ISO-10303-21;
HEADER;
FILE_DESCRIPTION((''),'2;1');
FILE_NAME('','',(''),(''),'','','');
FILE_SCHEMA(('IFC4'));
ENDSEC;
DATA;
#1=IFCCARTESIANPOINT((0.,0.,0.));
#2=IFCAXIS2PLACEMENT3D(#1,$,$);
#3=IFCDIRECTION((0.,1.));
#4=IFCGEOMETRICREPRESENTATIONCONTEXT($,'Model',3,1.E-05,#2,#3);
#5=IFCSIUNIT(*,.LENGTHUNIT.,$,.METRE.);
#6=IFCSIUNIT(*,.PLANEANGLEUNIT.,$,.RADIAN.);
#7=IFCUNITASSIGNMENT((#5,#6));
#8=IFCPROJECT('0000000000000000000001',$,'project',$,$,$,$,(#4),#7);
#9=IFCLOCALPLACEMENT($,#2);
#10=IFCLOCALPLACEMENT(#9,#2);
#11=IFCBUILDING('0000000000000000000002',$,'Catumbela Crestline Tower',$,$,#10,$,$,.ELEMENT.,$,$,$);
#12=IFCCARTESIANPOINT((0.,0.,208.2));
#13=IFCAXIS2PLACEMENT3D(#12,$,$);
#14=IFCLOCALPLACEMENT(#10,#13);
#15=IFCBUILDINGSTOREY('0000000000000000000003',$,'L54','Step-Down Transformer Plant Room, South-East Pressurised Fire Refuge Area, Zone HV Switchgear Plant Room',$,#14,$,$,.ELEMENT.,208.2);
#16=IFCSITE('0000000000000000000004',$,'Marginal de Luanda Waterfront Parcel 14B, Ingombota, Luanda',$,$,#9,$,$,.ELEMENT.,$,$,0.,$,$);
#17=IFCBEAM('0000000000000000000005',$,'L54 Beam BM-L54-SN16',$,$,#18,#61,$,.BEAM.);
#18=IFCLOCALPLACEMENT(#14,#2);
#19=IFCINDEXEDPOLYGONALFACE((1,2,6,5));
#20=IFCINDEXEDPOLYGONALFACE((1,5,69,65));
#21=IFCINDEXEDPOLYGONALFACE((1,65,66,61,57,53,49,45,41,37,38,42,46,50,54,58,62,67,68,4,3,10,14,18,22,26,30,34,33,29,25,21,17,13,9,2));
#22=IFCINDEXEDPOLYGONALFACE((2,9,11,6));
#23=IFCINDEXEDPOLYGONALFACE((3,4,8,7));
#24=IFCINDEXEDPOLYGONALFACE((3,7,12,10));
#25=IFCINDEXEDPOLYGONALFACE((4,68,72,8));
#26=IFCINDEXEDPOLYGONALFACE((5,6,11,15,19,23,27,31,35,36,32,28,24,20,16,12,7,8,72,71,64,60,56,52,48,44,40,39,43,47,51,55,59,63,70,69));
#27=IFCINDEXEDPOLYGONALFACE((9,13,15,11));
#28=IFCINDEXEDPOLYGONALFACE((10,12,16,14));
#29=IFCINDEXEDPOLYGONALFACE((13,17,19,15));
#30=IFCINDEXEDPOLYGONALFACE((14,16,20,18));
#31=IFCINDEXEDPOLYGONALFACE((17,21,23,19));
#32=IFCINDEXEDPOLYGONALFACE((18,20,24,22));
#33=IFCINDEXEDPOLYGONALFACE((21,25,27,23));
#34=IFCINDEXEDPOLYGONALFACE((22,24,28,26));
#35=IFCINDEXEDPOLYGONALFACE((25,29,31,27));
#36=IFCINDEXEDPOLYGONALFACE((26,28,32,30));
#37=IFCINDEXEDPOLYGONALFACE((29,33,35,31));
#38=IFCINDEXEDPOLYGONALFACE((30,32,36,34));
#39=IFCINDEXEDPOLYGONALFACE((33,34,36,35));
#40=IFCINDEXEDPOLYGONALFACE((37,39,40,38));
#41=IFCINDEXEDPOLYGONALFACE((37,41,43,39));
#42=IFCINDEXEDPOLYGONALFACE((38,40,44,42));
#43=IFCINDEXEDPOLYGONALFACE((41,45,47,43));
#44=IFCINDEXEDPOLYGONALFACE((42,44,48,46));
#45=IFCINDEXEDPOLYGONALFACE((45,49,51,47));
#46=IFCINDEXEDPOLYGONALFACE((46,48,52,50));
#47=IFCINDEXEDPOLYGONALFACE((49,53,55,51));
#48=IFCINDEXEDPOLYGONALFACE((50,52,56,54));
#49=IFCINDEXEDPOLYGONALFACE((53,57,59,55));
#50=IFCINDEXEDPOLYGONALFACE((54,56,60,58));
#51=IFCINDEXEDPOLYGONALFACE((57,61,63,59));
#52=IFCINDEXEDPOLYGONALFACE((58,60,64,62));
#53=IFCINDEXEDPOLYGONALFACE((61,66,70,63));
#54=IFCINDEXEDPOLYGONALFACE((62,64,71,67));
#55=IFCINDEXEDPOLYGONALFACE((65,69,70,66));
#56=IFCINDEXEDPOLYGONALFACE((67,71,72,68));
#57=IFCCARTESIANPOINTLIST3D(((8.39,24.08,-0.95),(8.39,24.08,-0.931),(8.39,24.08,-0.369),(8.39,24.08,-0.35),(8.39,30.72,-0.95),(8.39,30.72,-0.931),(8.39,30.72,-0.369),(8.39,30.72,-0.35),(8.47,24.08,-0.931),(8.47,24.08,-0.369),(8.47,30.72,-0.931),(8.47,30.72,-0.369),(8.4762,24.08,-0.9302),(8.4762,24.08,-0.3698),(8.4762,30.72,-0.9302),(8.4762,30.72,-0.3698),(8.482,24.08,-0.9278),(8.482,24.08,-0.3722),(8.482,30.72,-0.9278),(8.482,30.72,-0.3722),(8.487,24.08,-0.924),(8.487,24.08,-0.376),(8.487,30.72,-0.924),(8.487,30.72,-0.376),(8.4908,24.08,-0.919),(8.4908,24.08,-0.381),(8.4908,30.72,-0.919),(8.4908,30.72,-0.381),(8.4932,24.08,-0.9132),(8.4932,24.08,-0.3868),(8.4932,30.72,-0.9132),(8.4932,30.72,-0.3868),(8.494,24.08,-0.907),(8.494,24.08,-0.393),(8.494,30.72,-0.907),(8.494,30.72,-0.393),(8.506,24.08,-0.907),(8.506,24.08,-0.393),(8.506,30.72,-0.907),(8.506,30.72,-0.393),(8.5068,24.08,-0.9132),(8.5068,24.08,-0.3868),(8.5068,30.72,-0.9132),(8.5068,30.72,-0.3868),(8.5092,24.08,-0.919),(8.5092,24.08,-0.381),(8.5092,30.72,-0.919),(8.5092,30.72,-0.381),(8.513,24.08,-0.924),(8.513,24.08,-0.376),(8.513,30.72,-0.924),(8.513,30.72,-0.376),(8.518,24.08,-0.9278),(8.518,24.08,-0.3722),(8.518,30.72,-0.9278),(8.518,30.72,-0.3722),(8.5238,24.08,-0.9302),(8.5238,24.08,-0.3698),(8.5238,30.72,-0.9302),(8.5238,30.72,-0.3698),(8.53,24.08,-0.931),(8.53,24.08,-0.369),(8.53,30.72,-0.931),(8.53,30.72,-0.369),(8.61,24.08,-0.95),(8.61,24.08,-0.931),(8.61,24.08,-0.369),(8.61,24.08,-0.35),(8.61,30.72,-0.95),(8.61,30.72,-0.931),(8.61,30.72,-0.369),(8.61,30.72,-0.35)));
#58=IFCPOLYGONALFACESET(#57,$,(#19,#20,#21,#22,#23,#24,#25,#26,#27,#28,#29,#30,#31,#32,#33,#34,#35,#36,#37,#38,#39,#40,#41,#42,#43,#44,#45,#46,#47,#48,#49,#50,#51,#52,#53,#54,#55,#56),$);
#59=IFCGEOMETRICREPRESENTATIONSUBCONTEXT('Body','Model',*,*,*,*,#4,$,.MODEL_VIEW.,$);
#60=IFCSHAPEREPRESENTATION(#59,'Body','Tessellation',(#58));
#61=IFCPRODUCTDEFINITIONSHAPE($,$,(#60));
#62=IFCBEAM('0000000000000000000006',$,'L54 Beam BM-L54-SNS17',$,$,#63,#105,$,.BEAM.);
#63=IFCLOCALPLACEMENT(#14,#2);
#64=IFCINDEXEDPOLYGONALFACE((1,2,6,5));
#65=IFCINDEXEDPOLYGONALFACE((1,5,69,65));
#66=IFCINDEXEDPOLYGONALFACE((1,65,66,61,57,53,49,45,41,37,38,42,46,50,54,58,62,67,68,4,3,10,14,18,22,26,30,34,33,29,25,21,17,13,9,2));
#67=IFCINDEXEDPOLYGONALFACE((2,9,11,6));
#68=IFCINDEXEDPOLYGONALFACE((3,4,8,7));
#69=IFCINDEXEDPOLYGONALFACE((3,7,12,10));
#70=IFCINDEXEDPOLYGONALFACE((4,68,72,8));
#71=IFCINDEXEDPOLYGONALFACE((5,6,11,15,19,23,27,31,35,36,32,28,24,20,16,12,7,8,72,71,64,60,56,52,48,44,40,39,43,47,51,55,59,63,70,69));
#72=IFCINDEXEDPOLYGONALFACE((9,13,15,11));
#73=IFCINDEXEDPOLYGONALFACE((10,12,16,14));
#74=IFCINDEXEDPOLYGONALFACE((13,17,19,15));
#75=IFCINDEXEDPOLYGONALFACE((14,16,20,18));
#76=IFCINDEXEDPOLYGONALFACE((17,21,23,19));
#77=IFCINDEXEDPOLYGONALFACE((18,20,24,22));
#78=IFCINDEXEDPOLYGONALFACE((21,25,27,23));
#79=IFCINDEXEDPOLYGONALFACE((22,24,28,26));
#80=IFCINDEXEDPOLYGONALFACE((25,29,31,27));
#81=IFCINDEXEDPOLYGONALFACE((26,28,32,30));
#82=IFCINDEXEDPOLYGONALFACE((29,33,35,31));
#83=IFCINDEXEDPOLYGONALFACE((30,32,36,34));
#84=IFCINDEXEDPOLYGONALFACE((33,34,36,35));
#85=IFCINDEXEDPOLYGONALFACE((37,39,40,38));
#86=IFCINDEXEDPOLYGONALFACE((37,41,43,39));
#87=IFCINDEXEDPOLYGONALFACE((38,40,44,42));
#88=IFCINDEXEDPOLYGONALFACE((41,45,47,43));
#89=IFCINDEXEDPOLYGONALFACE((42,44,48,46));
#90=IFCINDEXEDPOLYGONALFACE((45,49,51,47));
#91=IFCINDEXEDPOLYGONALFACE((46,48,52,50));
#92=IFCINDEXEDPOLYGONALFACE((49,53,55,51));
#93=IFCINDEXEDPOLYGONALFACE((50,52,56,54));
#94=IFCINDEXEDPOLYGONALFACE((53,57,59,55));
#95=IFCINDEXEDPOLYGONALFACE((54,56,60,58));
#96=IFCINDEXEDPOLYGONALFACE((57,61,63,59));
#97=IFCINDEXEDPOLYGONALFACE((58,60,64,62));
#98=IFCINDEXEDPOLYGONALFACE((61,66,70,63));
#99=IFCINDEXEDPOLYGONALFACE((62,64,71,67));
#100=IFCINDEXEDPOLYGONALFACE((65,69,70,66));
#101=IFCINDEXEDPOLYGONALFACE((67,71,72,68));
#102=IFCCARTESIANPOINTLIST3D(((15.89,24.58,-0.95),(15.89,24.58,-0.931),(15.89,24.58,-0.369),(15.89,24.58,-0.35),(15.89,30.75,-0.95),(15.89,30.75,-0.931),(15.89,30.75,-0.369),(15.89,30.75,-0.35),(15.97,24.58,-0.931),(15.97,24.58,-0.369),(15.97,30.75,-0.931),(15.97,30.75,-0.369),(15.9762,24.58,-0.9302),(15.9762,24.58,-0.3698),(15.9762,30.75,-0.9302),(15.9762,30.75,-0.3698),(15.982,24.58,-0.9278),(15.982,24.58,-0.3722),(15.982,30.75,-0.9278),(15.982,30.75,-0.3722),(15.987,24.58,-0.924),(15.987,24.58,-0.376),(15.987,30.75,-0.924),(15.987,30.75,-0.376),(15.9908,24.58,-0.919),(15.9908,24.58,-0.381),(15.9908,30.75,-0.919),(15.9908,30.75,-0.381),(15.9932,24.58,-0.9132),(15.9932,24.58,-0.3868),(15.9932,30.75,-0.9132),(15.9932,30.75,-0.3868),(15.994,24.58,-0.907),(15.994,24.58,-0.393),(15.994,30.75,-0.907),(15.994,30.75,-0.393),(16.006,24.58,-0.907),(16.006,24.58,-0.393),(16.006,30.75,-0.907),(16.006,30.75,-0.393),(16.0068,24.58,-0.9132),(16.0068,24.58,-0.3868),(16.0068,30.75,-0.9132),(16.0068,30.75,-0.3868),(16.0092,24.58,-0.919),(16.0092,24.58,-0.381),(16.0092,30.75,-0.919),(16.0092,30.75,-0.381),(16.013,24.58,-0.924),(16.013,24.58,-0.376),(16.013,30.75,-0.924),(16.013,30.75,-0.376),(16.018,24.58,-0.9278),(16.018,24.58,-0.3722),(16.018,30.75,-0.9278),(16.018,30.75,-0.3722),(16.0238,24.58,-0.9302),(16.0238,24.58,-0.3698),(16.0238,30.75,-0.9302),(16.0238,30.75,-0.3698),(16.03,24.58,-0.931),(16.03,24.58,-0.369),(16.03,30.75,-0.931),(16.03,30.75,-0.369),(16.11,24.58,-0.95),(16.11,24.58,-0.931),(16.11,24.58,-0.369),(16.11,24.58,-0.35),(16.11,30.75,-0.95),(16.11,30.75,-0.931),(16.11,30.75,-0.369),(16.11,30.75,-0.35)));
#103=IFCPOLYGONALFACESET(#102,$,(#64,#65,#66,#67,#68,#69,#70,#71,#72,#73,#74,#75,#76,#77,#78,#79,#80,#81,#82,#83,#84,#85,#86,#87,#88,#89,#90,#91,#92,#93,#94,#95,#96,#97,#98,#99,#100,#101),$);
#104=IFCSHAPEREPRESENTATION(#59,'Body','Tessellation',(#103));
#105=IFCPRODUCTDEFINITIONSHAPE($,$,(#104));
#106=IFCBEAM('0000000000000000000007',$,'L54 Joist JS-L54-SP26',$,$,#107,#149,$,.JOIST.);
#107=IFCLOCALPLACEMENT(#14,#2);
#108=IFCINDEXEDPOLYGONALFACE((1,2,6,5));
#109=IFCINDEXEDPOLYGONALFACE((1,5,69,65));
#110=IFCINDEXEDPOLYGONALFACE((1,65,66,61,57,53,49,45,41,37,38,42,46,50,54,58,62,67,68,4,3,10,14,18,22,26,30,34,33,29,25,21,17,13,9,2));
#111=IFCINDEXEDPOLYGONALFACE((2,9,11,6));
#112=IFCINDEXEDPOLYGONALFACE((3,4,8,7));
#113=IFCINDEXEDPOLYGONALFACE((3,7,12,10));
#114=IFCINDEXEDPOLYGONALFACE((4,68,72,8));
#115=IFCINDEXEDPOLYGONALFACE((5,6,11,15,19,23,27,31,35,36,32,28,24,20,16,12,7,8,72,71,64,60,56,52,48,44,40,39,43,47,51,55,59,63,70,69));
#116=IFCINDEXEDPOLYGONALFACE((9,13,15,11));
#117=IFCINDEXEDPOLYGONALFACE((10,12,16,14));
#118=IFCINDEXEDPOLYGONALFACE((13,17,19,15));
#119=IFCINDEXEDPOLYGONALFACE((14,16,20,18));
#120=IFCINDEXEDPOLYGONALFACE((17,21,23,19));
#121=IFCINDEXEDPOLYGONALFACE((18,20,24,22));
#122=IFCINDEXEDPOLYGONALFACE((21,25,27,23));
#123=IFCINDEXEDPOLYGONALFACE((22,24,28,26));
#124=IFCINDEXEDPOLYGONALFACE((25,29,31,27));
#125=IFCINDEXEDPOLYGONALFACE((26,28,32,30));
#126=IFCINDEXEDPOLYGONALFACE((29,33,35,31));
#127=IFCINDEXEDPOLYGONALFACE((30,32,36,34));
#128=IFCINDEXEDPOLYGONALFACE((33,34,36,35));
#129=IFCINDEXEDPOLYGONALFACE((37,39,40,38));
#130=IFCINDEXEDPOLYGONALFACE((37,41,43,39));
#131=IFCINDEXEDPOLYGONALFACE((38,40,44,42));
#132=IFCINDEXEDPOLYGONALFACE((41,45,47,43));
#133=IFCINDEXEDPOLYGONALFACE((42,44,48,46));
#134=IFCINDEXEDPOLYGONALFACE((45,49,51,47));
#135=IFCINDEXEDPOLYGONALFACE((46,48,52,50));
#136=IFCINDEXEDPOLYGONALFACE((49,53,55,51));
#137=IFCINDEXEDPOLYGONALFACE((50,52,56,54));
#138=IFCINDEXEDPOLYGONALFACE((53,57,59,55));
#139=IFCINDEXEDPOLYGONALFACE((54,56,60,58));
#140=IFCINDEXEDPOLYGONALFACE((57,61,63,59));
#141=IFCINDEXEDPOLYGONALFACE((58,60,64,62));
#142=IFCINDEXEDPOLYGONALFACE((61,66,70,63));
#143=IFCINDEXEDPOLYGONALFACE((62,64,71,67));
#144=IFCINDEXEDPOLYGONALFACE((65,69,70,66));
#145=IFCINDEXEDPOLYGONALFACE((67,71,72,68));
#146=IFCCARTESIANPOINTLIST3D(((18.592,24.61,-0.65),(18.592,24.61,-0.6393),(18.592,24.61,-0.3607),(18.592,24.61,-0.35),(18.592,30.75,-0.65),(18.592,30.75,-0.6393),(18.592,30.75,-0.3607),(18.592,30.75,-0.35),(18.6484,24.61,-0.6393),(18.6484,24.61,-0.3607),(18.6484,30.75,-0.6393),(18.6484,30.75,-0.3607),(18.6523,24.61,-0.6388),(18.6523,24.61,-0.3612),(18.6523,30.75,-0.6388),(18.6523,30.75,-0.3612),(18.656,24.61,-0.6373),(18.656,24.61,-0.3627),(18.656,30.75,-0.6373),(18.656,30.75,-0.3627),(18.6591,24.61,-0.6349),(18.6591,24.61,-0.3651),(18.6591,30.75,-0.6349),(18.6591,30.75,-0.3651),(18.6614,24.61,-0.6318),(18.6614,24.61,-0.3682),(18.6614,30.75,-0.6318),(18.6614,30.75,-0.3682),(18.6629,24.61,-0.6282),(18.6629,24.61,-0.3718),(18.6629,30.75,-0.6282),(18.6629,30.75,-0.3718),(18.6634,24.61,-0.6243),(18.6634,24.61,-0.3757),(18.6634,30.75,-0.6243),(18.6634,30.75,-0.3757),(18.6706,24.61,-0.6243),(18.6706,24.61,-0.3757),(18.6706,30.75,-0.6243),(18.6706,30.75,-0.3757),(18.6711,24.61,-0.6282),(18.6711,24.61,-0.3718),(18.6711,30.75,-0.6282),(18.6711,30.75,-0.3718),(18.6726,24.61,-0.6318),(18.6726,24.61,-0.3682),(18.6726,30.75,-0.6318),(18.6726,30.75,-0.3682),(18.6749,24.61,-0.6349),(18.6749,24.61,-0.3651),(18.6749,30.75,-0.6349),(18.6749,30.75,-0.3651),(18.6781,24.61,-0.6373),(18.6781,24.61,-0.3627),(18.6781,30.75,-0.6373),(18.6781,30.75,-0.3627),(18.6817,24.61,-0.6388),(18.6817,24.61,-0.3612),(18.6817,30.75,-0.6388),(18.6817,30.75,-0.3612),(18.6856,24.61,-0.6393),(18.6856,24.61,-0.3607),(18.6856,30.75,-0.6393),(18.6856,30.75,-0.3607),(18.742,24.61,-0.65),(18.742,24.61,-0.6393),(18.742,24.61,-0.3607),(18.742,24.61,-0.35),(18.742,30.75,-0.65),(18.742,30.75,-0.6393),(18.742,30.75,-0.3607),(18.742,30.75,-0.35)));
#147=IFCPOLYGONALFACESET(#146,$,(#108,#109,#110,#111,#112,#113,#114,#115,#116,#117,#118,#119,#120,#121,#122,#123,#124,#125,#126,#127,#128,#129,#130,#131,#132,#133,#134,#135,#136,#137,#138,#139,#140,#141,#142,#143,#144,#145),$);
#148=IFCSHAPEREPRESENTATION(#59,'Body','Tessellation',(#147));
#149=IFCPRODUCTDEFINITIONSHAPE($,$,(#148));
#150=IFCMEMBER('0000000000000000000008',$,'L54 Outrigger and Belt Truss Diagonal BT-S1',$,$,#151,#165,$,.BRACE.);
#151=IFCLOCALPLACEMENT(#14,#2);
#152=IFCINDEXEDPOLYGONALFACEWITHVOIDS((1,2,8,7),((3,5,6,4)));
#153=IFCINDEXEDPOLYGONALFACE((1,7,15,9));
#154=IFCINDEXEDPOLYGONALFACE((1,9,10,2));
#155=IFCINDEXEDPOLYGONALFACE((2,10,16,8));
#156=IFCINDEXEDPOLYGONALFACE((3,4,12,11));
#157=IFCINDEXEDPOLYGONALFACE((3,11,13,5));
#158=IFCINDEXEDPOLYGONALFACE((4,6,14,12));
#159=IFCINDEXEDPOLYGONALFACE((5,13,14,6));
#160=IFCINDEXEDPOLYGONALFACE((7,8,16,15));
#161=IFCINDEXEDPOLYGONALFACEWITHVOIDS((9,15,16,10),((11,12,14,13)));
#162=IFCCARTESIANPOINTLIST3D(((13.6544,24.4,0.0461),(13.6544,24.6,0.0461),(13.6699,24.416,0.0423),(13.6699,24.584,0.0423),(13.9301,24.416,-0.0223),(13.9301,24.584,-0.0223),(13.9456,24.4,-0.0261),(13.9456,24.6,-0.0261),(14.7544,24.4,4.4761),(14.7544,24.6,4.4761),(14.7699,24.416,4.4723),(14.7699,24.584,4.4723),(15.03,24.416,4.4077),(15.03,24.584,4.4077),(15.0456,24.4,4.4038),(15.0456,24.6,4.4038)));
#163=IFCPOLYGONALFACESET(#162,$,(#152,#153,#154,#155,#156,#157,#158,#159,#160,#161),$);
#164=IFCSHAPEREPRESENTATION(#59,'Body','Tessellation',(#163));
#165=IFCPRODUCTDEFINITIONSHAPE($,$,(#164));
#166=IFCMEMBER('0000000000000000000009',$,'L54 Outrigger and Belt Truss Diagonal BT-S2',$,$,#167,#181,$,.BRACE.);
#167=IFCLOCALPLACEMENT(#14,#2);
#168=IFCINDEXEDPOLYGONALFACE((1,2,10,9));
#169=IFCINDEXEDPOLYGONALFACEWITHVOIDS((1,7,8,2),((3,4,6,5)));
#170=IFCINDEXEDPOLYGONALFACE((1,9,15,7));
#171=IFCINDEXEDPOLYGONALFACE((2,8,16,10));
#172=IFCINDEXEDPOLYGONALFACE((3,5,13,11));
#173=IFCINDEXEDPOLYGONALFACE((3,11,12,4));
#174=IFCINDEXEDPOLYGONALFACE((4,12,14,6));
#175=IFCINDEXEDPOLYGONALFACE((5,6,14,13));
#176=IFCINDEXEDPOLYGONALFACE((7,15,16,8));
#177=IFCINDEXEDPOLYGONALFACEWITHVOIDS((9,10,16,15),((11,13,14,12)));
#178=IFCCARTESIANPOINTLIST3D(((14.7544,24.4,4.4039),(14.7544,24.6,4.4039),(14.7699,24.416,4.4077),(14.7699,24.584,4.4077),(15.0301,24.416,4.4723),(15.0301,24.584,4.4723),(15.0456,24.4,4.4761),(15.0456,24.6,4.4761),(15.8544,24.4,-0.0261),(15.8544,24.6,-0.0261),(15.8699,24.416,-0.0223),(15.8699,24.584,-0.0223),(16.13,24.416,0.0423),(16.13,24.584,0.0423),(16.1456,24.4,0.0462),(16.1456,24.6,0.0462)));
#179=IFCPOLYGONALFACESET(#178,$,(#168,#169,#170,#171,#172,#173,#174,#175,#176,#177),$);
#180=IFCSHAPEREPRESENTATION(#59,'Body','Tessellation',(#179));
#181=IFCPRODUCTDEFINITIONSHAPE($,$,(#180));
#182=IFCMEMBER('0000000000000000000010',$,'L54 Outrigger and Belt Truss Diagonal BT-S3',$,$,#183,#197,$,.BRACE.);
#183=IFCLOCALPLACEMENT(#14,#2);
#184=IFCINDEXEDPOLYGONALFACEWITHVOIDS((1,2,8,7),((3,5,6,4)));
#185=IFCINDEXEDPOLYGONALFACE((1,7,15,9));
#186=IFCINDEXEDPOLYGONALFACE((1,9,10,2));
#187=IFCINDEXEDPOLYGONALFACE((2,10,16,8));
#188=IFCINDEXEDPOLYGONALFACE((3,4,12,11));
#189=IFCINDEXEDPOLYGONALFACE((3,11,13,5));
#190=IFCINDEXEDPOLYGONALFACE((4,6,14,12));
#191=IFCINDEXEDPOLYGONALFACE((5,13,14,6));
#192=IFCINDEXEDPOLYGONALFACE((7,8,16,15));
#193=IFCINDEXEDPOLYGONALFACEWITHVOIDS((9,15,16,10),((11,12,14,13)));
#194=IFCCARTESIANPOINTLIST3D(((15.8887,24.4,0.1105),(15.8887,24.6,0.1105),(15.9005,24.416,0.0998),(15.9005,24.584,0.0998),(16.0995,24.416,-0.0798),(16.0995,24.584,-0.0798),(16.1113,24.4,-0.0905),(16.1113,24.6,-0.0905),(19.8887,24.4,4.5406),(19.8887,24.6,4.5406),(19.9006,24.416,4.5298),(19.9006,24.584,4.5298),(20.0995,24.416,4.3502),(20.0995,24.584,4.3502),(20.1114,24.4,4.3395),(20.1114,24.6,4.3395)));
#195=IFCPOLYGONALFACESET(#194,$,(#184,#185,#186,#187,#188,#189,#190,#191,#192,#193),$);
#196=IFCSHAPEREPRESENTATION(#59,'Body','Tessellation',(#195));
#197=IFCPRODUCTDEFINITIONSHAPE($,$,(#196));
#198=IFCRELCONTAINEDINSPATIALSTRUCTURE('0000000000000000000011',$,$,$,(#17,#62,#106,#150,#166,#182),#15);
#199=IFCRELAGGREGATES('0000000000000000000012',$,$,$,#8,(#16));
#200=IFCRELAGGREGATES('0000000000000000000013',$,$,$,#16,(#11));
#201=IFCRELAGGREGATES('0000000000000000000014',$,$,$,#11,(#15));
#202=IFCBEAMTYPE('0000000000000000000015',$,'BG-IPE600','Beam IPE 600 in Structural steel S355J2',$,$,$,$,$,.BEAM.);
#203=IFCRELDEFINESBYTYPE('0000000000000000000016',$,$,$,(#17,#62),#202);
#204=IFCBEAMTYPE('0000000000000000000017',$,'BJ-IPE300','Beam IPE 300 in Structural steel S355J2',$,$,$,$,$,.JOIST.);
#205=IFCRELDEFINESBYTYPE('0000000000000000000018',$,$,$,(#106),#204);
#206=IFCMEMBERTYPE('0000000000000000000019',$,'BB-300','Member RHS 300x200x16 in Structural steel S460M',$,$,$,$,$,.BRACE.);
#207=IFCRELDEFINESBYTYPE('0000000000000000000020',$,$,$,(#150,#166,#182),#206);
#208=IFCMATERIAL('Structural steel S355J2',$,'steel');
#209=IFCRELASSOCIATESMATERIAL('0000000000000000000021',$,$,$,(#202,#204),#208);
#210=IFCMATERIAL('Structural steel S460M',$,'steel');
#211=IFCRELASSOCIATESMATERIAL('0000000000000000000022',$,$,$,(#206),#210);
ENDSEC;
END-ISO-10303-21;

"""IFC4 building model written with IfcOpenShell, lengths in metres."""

from ifc_helpers import new_model, si_unit, direction, frame, origin, origin_2d, place, context, subcontext, project, spatial, hollow_rectangle, i_section, extrude, material, material_profile, profile_set, type_object, element, save


model = new_model("IFC4")

# Units and contexts
model_context = context("Model", 3, precision=1e-05, world=origin(), true_north=direction((0.0, 1.0)))
body_context = subcontext(model_context, "Body", "Model", "MODEL_VIEW")
ifc_project = project(units=[si_unit("LENGTHUNIT", "METRE"), si_unit("PLANEANGLEUNIT", "RADIAN")], contexts=[model_context])

# Site, building, storey
site_placement = place(None, origin())
site = spatial("IfcSite", under=ifc_project, at=site_placement, Name="Marginal de Luanda Waterfront Parcel 14B, Ingombota, Luanda", CompositionType="ELEMENT", RefElevation=0.0)
building_placement = place(site_placement, origin())
building = spatial("IfcBuilding", under=site, at=building_placement, Name="Catumbela Crestline Tower", CompositionType="ELEMENT")
storey_placement = place(building_placement, frame((0.0, 0.0, 208.2)))
storey = spatial("IfcBuildingStorey", under=building, at=storey_placement, Name="L54", Description="Step-Down Transformer Plant Room, South-East Pressurised Fire Refuge Area, Zone HV Switchgear Plant Room", CompositionType="ELEMENT", Elevation=208.2)

# Shared definitions
ifc_material_1 = material(Name="Structural steel S355J2", Category="steel")

# Beams
ifc_material_profile_1 = material_profile(ifc_material_1, i_section(OverallWidth=0.22, OverallDepth=0.6, WebThickness=0.012, FlangeThickness=0.019, FilletRadius=0.024, at=origin_2d()), Name="IPE 600")
ifc_profile_set_1 = profile_set([ifc_material_profile_1], Name="Structural steel S355J2")
beam_type_1 = type_object("IfcBeamType", Name="BG-IPE600", Description="Beam IPE 600 in Structural steel S355J2", PredefinedType="BEAM", material=ifc_profile_set_1)
beam_1_placement = place(storey_placement, frame((8.5, 24.08, -0.65), z_axis=(0.0, 1.0, 0.0), x_axis=(-1.0, 0.0, 0.0)))
element("IfcBeam", 1, at=beam_1_placement, inside=storey, type_object=beam_type_1, Name="L54 Beam BM-L54-SN16", PredefinedType="BEAM", context=body_context, shape_type="SweptSolid", body=[
    extrude(i_section(OverallWidth=0.22, OverallDepth=0.6, WebThickness=0.012, FlangeThickness=0.019, FilletRadius=0.024, at=origin_2d()), origin(), (0.0, 0.0, 1.0), 6.64),
])
beam_2_placement = place(storey_placement, frame((16.0, 24.58, -0.65), z_axis=(0.0, 1.0, 0.0), x_axis=(-1.0, 0.0, 0.0)))
element("IfcBeam", 2, at=beam_2_placement, inside=storey, type_object=beam_type_1, Name="L54 Beam BM-L54-SNS17", PredefinedType="BEAM", context=body_context, shape_type="SweptSolid", body=[
    extrude(i_section(OverallWidth=0.22, OverallDepth=0.6, WebThickness=0.012, FlangeThickness=0.019, FilletRadius=0.024, at=origin_2d()), origin(), (0.0, 0.0, 1.0), 6.17),
])
ifc_material_profile_2 = material_profile(ifc_material_1, i_section(OverallWidth=0.15, OverallDepth=0.3, WebThickness=0.0071, FlangeThickness=0.0107, FilletRadius=0.015, at=origin_2d()), Name="IPE 300")
ifc_profile_set_2 = profile_set([ifc_material_profile_2], Name="Structural steel S355J2")
beam_type_2 = type_object("IfcBeamType", Name="BJ-IPE300", Description="Beam IPE 300 in Structural steel S355J2", PredefinedType="JOIST", material=ifc_profile_set_2)
beam_3_placement = place(storey_placement, frame((18.667, 24.61, -0.5), z_axis=(0.0, 1.0, 0.0), x_axis=(-1.0, 0.0, 0.0)))
element("IfcBeam", 3, at=beam_3_placement, inside=storey, type_object=beam_type_2, Name="L54 Joist JS-L54-SP26", PredefinedType="JOIST", context=body_context, shape_type="SweptSolid", body=[
    extrude(i_section(OverallWidth=0.15, OverallDepth=0.3, WebThickness=0.0071, FlangeThickness=0.0107, FilletRadius=0.015, at=origin_2d()), origin(), (0.0, 0.0, 1.0), 6.14),
])

# Members
ifc_material_2 = material(Name="Structural steel S460M", Category="steel")
ifc_material_profile_3 = material_profile(ifc_material_2, hollow_rectangle(XDim=0.2, YDim=0.3, WallThickness=0.016, at=origin_2d()), Name="RHS 300x200x16")
ifc_profile_set_3 = profile_set([ifc_material_profile_3], Name="Structural steel S460M")
member_type_1 = type_object("IfcMemberType", Name="BB-300", Description="Member RHS 300x200x16 in Structural steel S460M", PredefinedType="BRACE", material=ifc_profile_set_3)
for number, where, z_axis, x_axis, name in (
    (4, (13.8, 24.5, 0.01), (0.240989, 0.0, 0.970528), (0.0, 1.0, 0.0), "L54 Outrigger and Belt Truss Diagonal BT-S1"),
    (5, (14.9, 24.5, 4.44), (0.240989, 0.0, -0.970528), (0.0, 1.0, 0.0), "L54 Outrigger and Belt Truss Diagonal BT-S2"),
):
    element("IfcMember", number, at=place(storey_placement, frame(where, z_axis=z_axis, x_axis=x_axis)), inside=storey, type_object=member_type_1, Name=name, PredefinedType="BRACE", context=body_context, shape_type="SweptSolid", body=[
        extrude(hollow_rectangle(XDim=0.2, YDim=0.3, WallThickness=0.016, at=origin_2d()), origin(), (0.0, 0.0, 1.0), 4.5645),
    ])
member_1_placement = place(storey_placement, frame((16.0, 24.5, 0.01), z_axis=(0.670167, 0.0, 0.74221), x_axis=(0.0, 1.0, 0.0)))
element("IfcMember", 6, at=member_1_placement, inside=storey, type_object=member_type_1, Name="L54 Outrigger and Belt Truss Diagonal BT-S3", PredefinedType="BRACE", context=body_context, shape_type="SweptSolid", body=[
    extrude(hollow_rectangle(XDim=0.2, YDim=0.3, WallThickness=0.016, at=origin_2d()), origin(), (0.0, 0.0, 1.0), 5.9687),
])

save(model, "model.ifc")
